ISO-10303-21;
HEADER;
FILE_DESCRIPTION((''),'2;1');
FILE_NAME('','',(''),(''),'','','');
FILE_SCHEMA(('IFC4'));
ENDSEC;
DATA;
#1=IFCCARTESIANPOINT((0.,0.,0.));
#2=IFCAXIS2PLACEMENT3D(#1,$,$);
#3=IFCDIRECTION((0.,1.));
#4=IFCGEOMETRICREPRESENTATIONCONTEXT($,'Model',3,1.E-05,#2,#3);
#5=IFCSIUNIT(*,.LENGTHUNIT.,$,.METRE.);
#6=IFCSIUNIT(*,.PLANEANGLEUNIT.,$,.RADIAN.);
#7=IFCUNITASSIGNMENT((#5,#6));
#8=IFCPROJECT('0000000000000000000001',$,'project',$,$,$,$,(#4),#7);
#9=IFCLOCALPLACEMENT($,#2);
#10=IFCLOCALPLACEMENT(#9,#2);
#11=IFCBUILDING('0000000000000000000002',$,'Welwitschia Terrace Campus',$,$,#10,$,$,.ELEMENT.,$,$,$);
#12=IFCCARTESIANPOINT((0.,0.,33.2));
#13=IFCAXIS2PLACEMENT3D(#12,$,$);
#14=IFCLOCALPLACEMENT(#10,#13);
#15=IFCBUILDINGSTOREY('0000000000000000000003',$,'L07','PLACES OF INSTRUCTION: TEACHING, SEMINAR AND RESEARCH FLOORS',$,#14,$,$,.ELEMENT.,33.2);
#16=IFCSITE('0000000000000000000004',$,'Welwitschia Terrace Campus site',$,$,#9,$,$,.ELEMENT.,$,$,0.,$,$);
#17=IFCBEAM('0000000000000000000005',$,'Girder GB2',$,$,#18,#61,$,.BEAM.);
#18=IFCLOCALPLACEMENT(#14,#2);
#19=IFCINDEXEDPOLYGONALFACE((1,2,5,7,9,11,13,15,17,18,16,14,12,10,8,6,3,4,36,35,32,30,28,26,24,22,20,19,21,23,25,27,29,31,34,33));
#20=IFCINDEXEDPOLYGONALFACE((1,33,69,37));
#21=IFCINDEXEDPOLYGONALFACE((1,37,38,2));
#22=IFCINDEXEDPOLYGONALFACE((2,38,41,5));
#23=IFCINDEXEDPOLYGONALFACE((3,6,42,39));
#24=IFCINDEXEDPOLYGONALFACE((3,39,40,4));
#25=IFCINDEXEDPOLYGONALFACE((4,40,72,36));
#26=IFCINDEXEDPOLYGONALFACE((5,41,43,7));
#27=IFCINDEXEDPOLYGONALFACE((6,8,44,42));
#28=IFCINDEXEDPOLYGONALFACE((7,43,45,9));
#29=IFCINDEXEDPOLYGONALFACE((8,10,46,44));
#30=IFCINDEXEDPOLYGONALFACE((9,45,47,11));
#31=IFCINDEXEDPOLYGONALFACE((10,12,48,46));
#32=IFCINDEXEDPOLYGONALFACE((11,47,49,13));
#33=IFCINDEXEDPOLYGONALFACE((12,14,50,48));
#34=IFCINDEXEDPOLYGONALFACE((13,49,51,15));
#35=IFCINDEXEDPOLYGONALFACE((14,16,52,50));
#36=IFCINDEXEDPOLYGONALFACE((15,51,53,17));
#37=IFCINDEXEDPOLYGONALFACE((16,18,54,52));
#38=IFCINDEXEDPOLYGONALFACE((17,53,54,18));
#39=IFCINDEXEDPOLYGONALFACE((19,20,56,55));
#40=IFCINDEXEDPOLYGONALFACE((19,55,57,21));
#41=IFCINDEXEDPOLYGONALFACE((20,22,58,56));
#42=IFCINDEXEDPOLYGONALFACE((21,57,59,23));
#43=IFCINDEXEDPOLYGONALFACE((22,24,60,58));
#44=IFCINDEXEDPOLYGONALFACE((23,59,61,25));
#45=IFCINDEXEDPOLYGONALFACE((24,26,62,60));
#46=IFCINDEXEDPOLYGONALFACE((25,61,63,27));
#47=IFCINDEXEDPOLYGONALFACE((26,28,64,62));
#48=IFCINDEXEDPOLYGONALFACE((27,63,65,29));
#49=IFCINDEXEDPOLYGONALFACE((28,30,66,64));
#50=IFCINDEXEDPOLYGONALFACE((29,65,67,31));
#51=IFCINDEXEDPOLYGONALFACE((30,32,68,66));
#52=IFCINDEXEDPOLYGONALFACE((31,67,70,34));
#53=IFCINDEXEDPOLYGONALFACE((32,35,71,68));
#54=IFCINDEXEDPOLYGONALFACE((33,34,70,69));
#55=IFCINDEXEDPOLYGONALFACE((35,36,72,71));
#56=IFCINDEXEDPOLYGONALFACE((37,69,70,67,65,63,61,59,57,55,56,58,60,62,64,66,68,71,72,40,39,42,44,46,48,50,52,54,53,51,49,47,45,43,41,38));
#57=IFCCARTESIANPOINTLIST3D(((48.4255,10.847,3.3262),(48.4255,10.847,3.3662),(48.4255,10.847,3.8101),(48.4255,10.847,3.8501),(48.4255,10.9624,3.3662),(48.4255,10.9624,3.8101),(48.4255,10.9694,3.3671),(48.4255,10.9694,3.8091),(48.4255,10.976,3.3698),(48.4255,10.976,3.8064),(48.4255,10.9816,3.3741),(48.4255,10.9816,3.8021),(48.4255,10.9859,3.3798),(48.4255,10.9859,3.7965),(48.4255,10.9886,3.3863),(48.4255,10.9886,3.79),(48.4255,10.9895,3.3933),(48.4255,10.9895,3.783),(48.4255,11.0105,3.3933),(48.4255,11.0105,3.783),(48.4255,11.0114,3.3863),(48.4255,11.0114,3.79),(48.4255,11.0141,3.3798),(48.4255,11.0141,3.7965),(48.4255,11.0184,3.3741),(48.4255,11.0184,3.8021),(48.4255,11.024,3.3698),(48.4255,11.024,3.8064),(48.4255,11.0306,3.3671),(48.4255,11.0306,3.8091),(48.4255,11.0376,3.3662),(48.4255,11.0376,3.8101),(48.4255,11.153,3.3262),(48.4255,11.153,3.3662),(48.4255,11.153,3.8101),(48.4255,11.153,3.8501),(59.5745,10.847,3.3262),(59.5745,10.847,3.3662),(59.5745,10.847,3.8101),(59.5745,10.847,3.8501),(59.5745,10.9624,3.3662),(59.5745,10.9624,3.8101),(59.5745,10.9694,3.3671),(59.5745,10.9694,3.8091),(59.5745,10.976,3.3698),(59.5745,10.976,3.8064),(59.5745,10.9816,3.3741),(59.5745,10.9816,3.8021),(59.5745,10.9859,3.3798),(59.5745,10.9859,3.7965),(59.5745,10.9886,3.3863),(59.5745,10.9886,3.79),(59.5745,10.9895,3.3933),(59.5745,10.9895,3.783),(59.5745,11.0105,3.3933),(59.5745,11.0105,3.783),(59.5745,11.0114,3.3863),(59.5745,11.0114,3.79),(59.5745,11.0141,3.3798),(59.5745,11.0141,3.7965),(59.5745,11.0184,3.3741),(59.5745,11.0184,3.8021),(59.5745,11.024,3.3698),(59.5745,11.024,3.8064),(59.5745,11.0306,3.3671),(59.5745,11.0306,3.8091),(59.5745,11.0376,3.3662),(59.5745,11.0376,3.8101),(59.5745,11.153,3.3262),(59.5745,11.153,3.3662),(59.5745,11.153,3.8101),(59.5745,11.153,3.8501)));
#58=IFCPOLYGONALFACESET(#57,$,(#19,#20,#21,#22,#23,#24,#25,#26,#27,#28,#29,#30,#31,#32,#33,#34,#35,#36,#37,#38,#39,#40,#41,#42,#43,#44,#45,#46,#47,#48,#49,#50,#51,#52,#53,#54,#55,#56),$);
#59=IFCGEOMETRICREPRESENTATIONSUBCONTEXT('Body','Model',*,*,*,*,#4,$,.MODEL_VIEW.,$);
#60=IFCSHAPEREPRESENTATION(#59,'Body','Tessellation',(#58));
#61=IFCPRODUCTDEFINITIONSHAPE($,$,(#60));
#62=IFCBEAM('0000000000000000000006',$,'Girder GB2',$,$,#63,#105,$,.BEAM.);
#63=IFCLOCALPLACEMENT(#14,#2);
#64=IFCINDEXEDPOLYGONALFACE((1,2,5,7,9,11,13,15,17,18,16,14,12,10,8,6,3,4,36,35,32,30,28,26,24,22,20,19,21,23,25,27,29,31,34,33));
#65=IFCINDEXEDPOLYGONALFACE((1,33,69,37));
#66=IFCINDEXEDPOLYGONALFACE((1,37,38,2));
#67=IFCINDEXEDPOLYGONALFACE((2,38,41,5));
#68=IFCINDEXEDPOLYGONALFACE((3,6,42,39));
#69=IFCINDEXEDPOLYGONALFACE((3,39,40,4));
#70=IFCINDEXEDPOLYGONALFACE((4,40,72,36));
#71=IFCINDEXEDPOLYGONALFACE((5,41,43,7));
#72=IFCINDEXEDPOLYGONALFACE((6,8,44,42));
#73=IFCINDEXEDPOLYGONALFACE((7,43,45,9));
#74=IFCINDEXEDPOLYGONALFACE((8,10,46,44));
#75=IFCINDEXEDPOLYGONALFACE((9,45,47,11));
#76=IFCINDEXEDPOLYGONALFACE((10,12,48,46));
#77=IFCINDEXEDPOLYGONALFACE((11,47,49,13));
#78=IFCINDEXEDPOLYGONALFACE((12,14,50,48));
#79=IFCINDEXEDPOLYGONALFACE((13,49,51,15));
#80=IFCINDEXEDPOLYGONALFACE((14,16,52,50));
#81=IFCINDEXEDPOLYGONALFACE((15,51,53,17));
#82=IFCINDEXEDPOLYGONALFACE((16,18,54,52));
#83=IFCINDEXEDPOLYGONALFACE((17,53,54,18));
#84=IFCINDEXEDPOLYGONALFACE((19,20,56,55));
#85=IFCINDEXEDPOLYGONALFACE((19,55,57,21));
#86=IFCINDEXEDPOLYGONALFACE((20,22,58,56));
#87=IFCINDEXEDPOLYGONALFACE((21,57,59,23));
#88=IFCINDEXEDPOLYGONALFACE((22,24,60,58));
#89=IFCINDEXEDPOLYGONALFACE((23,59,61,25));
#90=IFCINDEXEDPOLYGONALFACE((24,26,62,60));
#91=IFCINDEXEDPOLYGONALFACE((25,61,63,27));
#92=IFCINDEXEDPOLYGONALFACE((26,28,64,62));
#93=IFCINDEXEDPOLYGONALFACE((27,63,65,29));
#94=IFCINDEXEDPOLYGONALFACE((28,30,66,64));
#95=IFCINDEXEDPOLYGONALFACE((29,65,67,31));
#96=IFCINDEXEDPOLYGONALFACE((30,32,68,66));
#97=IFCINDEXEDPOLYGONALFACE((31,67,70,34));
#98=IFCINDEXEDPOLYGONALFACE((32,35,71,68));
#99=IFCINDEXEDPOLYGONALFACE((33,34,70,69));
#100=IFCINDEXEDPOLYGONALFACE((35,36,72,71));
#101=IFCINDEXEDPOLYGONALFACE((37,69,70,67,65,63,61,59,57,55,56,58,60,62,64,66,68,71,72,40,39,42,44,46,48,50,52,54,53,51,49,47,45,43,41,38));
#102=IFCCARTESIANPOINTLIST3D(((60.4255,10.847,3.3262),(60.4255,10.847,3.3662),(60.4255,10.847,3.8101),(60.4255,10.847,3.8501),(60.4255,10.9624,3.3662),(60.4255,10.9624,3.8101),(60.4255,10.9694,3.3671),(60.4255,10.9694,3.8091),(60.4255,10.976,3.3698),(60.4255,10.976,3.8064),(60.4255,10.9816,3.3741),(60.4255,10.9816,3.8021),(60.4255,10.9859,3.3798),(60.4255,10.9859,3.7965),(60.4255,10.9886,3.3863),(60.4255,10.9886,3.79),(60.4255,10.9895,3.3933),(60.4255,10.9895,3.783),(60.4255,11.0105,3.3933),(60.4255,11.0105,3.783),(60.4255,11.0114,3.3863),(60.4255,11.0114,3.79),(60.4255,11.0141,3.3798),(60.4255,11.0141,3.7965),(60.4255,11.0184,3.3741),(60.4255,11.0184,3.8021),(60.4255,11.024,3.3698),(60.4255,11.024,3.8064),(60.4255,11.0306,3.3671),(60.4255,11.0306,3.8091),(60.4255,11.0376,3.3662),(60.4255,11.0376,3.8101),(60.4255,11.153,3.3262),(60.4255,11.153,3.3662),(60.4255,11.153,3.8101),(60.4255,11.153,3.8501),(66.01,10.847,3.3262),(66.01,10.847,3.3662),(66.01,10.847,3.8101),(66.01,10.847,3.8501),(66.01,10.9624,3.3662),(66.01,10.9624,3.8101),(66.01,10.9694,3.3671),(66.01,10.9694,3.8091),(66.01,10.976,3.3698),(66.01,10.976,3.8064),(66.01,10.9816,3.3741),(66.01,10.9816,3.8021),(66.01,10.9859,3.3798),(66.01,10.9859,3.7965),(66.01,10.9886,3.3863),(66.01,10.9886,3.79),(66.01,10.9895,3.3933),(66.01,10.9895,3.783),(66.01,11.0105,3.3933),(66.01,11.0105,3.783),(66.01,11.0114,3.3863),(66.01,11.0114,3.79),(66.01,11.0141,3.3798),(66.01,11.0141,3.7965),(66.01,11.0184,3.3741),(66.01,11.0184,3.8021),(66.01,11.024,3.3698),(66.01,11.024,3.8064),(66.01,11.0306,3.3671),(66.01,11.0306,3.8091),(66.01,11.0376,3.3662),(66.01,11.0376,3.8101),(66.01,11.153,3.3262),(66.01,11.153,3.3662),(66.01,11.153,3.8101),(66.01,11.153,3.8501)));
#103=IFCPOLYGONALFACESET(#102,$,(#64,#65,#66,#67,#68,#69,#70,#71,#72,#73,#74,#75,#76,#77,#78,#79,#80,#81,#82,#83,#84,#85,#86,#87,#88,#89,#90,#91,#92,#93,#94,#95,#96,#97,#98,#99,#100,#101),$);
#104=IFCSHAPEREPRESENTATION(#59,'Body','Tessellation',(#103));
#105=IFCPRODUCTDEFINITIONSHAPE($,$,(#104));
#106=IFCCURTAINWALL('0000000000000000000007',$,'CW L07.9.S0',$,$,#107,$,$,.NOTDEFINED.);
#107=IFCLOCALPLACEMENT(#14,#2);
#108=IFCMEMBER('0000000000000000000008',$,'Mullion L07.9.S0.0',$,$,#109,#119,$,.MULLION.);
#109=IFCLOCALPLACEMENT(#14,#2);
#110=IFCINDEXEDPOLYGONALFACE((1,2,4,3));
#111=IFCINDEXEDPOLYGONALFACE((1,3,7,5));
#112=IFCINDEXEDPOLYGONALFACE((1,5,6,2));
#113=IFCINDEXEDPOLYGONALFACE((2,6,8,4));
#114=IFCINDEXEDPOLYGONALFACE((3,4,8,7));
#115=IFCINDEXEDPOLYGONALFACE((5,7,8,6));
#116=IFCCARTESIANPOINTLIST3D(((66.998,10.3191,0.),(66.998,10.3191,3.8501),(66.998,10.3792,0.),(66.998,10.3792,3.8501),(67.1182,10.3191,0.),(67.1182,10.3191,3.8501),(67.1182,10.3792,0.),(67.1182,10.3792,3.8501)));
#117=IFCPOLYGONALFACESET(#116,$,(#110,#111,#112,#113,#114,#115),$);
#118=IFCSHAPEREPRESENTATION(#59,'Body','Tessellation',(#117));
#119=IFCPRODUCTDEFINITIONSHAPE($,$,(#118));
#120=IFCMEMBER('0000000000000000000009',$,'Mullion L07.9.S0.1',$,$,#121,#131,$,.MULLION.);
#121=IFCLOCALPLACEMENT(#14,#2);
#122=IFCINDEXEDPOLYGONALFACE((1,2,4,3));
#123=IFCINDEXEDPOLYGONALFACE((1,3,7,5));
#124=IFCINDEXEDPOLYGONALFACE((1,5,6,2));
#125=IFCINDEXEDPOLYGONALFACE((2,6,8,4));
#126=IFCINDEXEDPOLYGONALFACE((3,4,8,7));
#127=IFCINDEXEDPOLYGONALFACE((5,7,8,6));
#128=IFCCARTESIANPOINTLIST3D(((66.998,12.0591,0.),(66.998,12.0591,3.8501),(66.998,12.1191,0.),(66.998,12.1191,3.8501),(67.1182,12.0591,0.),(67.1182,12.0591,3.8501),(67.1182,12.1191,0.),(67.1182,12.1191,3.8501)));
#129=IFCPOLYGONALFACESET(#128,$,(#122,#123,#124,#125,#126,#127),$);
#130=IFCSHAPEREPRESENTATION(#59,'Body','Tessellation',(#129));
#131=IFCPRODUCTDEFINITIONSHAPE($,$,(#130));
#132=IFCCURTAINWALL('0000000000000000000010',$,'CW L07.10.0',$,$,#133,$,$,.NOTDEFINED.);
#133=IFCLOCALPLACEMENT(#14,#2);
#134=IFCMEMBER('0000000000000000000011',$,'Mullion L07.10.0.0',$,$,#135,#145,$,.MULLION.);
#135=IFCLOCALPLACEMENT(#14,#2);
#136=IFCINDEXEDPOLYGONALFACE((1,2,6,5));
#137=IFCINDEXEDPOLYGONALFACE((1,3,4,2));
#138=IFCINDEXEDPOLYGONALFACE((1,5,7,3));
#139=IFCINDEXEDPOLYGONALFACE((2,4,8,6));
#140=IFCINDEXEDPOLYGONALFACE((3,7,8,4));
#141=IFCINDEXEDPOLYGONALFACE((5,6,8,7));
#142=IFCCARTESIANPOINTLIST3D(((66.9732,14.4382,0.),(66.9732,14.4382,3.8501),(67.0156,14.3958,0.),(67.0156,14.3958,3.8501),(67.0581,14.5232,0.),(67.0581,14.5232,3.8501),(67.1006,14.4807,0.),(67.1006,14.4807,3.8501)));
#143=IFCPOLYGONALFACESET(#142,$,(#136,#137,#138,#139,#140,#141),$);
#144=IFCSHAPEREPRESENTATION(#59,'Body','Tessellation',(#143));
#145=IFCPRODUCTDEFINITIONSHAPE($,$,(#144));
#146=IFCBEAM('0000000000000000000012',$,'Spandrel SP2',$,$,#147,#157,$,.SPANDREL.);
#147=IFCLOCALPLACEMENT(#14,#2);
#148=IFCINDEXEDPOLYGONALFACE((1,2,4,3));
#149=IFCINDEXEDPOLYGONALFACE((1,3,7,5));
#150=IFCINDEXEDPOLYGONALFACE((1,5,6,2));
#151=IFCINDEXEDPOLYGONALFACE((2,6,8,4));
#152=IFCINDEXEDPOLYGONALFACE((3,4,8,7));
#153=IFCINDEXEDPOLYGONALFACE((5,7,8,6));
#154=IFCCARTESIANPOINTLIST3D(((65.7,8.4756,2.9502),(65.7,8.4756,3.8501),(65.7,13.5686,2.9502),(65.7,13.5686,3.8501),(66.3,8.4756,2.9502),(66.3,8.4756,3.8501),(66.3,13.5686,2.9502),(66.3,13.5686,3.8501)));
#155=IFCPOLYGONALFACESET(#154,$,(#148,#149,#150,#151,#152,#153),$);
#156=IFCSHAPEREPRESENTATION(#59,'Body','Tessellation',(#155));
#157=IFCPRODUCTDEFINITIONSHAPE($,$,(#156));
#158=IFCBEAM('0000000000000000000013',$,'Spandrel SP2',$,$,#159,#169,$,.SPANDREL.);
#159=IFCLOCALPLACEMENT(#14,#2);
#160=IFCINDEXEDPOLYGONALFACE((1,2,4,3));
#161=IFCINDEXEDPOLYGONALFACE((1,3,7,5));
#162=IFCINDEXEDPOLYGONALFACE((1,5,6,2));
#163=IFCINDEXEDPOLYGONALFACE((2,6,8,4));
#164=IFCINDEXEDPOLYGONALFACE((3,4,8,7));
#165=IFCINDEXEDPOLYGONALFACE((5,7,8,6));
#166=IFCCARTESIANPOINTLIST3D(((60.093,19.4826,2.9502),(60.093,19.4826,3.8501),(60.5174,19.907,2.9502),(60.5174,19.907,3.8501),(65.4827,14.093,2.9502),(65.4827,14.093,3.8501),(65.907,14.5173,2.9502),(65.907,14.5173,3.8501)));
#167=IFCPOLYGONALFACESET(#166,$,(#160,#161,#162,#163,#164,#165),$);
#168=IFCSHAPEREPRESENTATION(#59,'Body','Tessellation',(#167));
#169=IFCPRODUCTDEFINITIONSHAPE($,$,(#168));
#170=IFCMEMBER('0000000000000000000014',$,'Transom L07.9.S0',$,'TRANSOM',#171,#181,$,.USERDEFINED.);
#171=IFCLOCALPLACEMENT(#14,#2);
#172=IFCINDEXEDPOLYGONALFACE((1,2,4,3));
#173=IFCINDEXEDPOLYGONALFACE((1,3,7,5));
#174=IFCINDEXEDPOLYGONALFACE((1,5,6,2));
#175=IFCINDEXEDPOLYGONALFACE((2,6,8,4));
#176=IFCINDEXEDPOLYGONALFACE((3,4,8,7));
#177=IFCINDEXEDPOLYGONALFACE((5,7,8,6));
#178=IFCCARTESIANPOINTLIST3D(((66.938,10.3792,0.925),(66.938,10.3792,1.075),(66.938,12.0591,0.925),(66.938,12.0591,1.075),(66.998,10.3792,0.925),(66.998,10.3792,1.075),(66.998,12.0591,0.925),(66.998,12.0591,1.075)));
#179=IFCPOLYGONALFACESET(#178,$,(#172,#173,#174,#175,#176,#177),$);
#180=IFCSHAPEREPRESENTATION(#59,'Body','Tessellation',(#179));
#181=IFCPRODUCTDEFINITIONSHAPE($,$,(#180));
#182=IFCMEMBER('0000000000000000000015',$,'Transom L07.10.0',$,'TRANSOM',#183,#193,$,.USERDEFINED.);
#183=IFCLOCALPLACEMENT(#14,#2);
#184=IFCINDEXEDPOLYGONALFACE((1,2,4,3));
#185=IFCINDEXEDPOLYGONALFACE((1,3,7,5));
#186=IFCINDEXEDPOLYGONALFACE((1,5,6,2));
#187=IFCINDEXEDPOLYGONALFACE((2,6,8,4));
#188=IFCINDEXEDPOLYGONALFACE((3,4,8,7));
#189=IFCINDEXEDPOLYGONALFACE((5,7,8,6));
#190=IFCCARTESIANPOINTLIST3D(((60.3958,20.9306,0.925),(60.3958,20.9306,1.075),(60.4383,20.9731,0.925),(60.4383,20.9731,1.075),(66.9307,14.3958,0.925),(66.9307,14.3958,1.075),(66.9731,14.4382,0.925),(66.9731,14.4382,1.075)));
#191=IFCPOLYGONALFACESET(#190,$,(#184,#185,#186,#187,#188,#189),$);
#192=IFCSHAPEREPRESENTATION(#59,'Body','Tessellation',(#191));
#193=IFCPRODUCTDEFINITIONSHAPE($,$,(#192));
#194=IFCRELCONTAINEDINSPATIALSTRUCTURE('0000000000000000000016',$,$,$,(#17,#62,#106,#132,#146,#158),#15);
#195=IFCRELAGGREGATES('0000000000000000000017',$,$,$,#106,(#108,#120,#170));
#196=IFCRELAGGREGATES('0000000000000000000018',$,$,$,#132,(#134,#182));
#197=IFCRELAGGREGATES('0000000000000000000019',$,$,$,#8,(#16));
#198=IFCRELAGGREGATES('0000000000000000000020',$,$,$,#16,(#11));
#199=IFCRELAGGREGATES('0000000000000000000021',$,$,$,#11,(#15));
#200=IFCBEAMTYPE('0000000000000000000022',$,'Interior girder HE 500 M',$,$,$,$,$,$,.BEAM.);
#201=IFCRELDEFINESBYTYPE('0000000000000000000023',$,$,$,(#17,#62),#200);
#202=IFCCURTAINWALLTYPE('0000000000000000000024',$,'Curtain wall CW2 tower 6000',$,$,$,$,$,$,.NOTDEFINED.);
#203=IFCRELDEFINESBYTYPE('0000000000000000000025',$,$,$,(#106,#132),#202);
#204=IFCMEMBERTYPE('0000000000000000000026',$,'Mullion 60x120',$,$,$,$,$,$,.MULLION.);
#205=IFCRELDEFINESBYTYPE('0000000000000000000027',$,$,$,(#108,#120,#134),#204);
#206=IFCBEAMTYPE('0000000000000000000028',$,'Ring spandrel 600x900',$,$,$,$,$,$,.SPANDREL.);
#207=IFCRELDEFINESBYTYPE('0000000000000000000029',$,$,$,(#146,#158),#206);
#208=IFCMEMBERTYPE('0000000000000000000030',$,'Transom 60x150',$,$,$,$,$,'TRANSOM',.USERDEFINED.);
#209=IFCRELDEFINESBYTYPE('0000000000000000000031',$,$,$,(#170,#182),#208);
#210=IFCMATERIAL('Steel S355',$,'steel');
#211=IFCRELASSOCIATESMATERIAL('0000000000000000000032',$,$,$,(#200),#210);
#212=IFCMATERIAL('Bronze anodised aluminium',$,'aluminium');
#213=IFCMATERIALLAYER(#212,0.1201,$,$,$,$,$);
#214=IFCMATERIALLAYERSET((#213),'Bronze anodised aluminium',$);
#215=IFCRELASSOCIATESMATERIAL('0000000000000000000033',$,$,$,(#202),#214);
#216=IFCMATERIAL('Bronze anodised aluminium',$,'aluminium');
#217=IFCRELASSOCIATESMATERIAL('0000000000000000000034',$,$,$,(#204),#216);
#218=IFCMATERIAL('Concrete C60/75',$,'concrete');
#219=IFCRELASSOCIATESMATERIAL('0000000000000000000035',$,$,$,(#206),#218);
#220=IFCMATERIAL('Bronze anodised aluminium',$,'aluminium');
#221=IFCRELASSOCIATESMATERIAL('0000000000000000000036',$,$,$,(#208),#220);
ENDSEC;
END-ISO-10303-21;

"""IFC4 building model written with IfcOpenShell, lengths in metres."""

from ifc_helpers import new_model, si_unit, direction, frame, origin, origin_2d, place, context, subcontext, project, spatial, rectangle, i_section, extrude, material, layer, layer_set, material_profile, profile_set, type_object, element, aggregate, save


model = new_model("IFC4")

# Units and contexts
model_context = context("Model", 3, precision=1e-05, world=origin(), true_north=direction((0.0, 1.0)))
body_context = subcontext(model_context, "Body", "Model", "MODEL_VIEW")
ifc_project = project(units=[si_unit("LENGTHUNIT", "METRE"), si_unit("PLANEANGLEUNIT", "RADIAN")], contexts=[model_context])

# Site, building, storey
site_placement = place(None, origin())
site = spatial("IfcSite", under=ifc_project, at=site_placement, Name="Welwitschia Terrace Campus site", CompositionType="ELEMENT", RefElevation=0.0)
building_placement = place(site_placement, origin())
building = spatial("IfcBuilding", under=site, at=building_placement, Name="Welwitschia Terrace Campus", CompositionType="ELEMENT")
storey_placement = place(building_placement, frame((0.0, 0.0, 33.2)))
storey = spatial("IfcBuildingStorey", under=building, at=storey_placement, Name="L07", Description="PLACES OF INSTRUCTION: TEACHING, SEMINAR AND RESEARCH FLOORS", CompositionType="ELEMENT", Elevation=33.2)

# Beams
ifc_material_1 = material(Name="Steel S355", Category="steel")
ifc_material_profile_1 = material_profile(ifc_material_1, i_section(OverallWidth=0.3059, OverallDepth=0.5239, WebThickness=0.021, FlangeThickness=0.04, FilletRadius=0.0271, at=origin_2d()))
ifc_profile_set_1 = profile_set([ifc_material_profile_1], Name="Steel S355")
beam_type_1 = type_object("IfcBeamType", Name="Interior girder HE 500 M", PredefinedType="BEAM", material=ifc_profile_set_1)
beam_1_placement = place(storey_placement, frame((48.4255, 11.0, 3.5881), z_axis=(1.0, 0.0, 0.0), x_axis=(0.0, 1.0, 0.0)))
element("IfcBeam", 1, at=beam_1_placement, inside=storey, type_object=beam_type_1, Name="Girder GB2", PredefinedType="BEAM", context=body_context, shape_type="SweptSolid", body=[
    extrude(i_section(OverallWidth=0.3059, OverallDepth=0.5239, WebThickness=0.021, FlangeThickness=0.04, FilletRadius=0.0271, at=origin_2d()), origin(), (0.0, 0.0, 1.0), 11.1489),
])
beam_2_placement = place(storey_placement, frame((60.4255, 11.0, 3.5881), z_axis=(1.0, 0.0, 0.0), x_axis=(0.0, 1.0, 0.0)))
element("IfcBeam", 2, at=beam_2_placement, inside=storey, type_object=beam_type_1, Name="Girder GB2", PredefinedType="BEAM", context=body_context, shape_type="SweptSolid", body=[
    extrude(i_section(OverallWidth=0.3059, OverallDepth=0.5239, WebThickness=0.021, FlangeThickness=0.04, FilletRadius=0.0271, at=origin_2d()), origin(), (0.0, 0.0, 1.0), 5.5845),
])

# Curtain wall, members
ifc_material_2 = material(Name="Bronze anodised aluminium", Category="aluminium")
ifc_layer_1 = layer(ifc_material_2, 0.1201)
ifc_layer_set_1 = layer_set([ifc_layer_1], Name="Bronze anodised aluminium")
curtain_wall_type = type_object("IfcCurtainWallType", Name="Curtain wall CW2 tower 6000", PredefinedType="NOTDEFINED", material=ifc_layer_set_1)
curtain_wall_1_placement = place(storey_placement, origin())
curtain_wall_1 = element("IfcCurtainWall", 3, at=curtain_wall_1_placement, inside=storey, type_object=curtain_wall_type, Name="CW L07.9.S0", PredefinedType="NOTDEFINED")
ifc_material_3 = material(Name="Bronze anodised aluminium", Category="aluminium")
ifc_material_profile_2 = material_profile(ifc_material_3, rectangle(XDim=0.1201, YDim=0.0601, at=origin_2d()))
ifc_profile_set_2 = profile_set([ifc_material_profile_2], Name="Bronze anodised aluminium")
member_type_1 = type_object("IfcMemberType", Name="Mullion 60x120", PredefinedType="MULLION", material=ifc_profile_set_2)
member_1_placement = place(storey_placement, frame((67.0581, 10.3491, 0.0), z_axis=(0.0, 0.0, 1.0), x_axis=(-1.0, 0.0, 0.0)))
member_1 = element("IfcMember", 4, at=member_1_placement, type_object=member_type_1, Name="Mullion L07.9.S0.0", PredefinedType="MULLION", context=body_context, shape_type="SweptSolid", body=[
    extrude(rectangle(XDim=0.1201, YDim=0.0601, at=origin_2d()), origin(), (0.0, 0.0, 1.0), 3.8501),
])
member_2_placement = place(storey_placement, frame((67.0581, 12.0891, 0.0), z_axis=(0.0, 0.0, 1.0), x_axis=(-1.0, 0.0, 0.0)))
member_2 = element("IfcMember", 5, at=member_2_placement, type_object=member_type_1, Name="Mullion L07.9.S0.1", PredefinedType="MULLION", context=body_context, shape_type="SweptSolid", body=[
    extrude(rectangle(XDim=0.1201, YDim=0.0601, at=origin_2d()), origin(), (0.0, 0.0, 1.0), 3.8501),
])

# Curtain wall, member
curtain_wall_2_placement = place(storey_placement, origin())
curtain_wall_2 = element("IfcCurtainWall", 6, at=curtain_wall_2_placement, inside=storey, type_object=curtain_wall_type, Name="CW L07.10.0", PredefinedType="NOTDEFINED")
member_3_placement = place(storey_placement, frame((67.0369, 14.4595, 0.0), z_axis=(0.0, 0.0, 1.0), x_axis=(-0.707107, -0.707107, 0.0)))
member_3 = element("IfcMember", 7, at=member_3_placement, type_object=member_type_1, Name="Mullion L07.10.0.0", PredefinedType="MULLION", context=body_context, shape_type="SweptSolid", body=[
    extrude(rectangle(XDim=0.1201, YDim=0.0601, at=origin_2d()), origin(), (0.0, 0.0, 1.0), 3.8501),
])

# Beams
ifc_material_4 = material(Name="Concrete C60/75", Category="concrete")
ifc_material_profile_3 = material_profile(ifc_material_4, rectangle(XDim=0.6001, YDim=0.8999, at=origin_2d()))
ifc_profile_set_3 = profile_set([ifc_material_profile_3], Name="Concrete C60/75")
beam_type_2 = type_object("IfcBeamType", Name="Ring spandrel 600x900", PredefinedType="SPANDREL", material=ifc_profile_set_3)
beam_3_placement = place(storey_placement, frame((66.0, 8.4756, 3.4001), z_axis=(0.0, 1.0, 0.0), x_axis=(-1.0, 0.0, 0.0)))
element("IfcBeam", 8, at=beam_3_placement, inside=storey, type_object=beam_type_2, Name="Spandrel SP2", PredefinedType="SPANDREL", context=body_context, shape_type="SweptSolid", body=[
    extrude(rectangle(XDim=0.6001, YDim=0.8999, at=origin_2d()), origin(), (0.0, 0.0, 1.0), 5.093),
])
beam_4_placement = place(storey_placement, frame((65.6948, 14.3052, 3.4001), z_axis=(-0.707107, 0.707107, 0.0), x_axis=(-0.707107, -0.707107, 0.0)))
element("IfcBeam", 9, at=beam_4_placement, inside=storey, type_object=beam_type_2, Name="Spandrel SP2", PredefinedType="SPANDREL", context=body_context, shape_type="SweptSolid", body=[
    extrude(rectangle(XDim=0.6001, YDim=0.8999, at=origin_2d()), origin(), (0.0, 0.0, 1.0), 7.6221),
])

# Members
ifc_material_5 = material(Name="Bronze anodised aluminium", Category="aluminium")
ifc_material_profile_4 = material_profile(ifc_material_5, rectangle(XDim=0.0601, YDim=0.1499, at=origin_2d()))
ifc_profile_set_4 = profile_set([ifc_material_profile_4], Name="Bronze anodised aluminium")
member_type_2 = type_object("IfcMemberType", Name="Transom 60x150", ElementType="TRANSOM", PredefinedType="USERDEFINED", material=ifc_profile_set_4)
member_4_placement = place(storey_placement, frame((66.968, 10.3792, 1.0), z_axis=(0.0, 1.0, 0.0), x_axis=(-1.0, 0.0, 0.0)))
member_4 = element("IfcMember", 10, at=member_4_placement, type_object=member_type_2, Name="Transom L07.9.S0", ObjectType="TRANSOM", PredefinedType="USERDEFINED", context=body_context, shape_type="SweptSolid", body=[
    extrude(rectangle(XDim=0.0601, YDim=0.1499, at=origin_2d()), origin(), (0.0, 0.0, 1.0), 1.6799),
])
member_5_placement = place(storey_placement, frame((66.9519, 14.417, 1.0), z_axis=(-0.707107, 0.707107, 0.0), x_axis=(-0.707107, -0.707107, 0.0)))
member_5 = element("IfcMember", 11, at=member_5_placement, type_object=member_type_2, Name="Transom L07.10.0", ObjectType="TRANSOM", PredefinedType="USERDEFINED", context=body_context, shape_type="SweptSolid", body=[
    extrude(rectangle(XDim=0.0601, YDim=0.1499, at=origin_2d()), origin(), (0.0, 0.0, 1.0), 9.2417),
])

aggregate(curtain_wall_1, [member_1, member_2, member_4])
aggregate(curtain_wall_2, [member_3, member_5])

save(model, "model.ifc")
